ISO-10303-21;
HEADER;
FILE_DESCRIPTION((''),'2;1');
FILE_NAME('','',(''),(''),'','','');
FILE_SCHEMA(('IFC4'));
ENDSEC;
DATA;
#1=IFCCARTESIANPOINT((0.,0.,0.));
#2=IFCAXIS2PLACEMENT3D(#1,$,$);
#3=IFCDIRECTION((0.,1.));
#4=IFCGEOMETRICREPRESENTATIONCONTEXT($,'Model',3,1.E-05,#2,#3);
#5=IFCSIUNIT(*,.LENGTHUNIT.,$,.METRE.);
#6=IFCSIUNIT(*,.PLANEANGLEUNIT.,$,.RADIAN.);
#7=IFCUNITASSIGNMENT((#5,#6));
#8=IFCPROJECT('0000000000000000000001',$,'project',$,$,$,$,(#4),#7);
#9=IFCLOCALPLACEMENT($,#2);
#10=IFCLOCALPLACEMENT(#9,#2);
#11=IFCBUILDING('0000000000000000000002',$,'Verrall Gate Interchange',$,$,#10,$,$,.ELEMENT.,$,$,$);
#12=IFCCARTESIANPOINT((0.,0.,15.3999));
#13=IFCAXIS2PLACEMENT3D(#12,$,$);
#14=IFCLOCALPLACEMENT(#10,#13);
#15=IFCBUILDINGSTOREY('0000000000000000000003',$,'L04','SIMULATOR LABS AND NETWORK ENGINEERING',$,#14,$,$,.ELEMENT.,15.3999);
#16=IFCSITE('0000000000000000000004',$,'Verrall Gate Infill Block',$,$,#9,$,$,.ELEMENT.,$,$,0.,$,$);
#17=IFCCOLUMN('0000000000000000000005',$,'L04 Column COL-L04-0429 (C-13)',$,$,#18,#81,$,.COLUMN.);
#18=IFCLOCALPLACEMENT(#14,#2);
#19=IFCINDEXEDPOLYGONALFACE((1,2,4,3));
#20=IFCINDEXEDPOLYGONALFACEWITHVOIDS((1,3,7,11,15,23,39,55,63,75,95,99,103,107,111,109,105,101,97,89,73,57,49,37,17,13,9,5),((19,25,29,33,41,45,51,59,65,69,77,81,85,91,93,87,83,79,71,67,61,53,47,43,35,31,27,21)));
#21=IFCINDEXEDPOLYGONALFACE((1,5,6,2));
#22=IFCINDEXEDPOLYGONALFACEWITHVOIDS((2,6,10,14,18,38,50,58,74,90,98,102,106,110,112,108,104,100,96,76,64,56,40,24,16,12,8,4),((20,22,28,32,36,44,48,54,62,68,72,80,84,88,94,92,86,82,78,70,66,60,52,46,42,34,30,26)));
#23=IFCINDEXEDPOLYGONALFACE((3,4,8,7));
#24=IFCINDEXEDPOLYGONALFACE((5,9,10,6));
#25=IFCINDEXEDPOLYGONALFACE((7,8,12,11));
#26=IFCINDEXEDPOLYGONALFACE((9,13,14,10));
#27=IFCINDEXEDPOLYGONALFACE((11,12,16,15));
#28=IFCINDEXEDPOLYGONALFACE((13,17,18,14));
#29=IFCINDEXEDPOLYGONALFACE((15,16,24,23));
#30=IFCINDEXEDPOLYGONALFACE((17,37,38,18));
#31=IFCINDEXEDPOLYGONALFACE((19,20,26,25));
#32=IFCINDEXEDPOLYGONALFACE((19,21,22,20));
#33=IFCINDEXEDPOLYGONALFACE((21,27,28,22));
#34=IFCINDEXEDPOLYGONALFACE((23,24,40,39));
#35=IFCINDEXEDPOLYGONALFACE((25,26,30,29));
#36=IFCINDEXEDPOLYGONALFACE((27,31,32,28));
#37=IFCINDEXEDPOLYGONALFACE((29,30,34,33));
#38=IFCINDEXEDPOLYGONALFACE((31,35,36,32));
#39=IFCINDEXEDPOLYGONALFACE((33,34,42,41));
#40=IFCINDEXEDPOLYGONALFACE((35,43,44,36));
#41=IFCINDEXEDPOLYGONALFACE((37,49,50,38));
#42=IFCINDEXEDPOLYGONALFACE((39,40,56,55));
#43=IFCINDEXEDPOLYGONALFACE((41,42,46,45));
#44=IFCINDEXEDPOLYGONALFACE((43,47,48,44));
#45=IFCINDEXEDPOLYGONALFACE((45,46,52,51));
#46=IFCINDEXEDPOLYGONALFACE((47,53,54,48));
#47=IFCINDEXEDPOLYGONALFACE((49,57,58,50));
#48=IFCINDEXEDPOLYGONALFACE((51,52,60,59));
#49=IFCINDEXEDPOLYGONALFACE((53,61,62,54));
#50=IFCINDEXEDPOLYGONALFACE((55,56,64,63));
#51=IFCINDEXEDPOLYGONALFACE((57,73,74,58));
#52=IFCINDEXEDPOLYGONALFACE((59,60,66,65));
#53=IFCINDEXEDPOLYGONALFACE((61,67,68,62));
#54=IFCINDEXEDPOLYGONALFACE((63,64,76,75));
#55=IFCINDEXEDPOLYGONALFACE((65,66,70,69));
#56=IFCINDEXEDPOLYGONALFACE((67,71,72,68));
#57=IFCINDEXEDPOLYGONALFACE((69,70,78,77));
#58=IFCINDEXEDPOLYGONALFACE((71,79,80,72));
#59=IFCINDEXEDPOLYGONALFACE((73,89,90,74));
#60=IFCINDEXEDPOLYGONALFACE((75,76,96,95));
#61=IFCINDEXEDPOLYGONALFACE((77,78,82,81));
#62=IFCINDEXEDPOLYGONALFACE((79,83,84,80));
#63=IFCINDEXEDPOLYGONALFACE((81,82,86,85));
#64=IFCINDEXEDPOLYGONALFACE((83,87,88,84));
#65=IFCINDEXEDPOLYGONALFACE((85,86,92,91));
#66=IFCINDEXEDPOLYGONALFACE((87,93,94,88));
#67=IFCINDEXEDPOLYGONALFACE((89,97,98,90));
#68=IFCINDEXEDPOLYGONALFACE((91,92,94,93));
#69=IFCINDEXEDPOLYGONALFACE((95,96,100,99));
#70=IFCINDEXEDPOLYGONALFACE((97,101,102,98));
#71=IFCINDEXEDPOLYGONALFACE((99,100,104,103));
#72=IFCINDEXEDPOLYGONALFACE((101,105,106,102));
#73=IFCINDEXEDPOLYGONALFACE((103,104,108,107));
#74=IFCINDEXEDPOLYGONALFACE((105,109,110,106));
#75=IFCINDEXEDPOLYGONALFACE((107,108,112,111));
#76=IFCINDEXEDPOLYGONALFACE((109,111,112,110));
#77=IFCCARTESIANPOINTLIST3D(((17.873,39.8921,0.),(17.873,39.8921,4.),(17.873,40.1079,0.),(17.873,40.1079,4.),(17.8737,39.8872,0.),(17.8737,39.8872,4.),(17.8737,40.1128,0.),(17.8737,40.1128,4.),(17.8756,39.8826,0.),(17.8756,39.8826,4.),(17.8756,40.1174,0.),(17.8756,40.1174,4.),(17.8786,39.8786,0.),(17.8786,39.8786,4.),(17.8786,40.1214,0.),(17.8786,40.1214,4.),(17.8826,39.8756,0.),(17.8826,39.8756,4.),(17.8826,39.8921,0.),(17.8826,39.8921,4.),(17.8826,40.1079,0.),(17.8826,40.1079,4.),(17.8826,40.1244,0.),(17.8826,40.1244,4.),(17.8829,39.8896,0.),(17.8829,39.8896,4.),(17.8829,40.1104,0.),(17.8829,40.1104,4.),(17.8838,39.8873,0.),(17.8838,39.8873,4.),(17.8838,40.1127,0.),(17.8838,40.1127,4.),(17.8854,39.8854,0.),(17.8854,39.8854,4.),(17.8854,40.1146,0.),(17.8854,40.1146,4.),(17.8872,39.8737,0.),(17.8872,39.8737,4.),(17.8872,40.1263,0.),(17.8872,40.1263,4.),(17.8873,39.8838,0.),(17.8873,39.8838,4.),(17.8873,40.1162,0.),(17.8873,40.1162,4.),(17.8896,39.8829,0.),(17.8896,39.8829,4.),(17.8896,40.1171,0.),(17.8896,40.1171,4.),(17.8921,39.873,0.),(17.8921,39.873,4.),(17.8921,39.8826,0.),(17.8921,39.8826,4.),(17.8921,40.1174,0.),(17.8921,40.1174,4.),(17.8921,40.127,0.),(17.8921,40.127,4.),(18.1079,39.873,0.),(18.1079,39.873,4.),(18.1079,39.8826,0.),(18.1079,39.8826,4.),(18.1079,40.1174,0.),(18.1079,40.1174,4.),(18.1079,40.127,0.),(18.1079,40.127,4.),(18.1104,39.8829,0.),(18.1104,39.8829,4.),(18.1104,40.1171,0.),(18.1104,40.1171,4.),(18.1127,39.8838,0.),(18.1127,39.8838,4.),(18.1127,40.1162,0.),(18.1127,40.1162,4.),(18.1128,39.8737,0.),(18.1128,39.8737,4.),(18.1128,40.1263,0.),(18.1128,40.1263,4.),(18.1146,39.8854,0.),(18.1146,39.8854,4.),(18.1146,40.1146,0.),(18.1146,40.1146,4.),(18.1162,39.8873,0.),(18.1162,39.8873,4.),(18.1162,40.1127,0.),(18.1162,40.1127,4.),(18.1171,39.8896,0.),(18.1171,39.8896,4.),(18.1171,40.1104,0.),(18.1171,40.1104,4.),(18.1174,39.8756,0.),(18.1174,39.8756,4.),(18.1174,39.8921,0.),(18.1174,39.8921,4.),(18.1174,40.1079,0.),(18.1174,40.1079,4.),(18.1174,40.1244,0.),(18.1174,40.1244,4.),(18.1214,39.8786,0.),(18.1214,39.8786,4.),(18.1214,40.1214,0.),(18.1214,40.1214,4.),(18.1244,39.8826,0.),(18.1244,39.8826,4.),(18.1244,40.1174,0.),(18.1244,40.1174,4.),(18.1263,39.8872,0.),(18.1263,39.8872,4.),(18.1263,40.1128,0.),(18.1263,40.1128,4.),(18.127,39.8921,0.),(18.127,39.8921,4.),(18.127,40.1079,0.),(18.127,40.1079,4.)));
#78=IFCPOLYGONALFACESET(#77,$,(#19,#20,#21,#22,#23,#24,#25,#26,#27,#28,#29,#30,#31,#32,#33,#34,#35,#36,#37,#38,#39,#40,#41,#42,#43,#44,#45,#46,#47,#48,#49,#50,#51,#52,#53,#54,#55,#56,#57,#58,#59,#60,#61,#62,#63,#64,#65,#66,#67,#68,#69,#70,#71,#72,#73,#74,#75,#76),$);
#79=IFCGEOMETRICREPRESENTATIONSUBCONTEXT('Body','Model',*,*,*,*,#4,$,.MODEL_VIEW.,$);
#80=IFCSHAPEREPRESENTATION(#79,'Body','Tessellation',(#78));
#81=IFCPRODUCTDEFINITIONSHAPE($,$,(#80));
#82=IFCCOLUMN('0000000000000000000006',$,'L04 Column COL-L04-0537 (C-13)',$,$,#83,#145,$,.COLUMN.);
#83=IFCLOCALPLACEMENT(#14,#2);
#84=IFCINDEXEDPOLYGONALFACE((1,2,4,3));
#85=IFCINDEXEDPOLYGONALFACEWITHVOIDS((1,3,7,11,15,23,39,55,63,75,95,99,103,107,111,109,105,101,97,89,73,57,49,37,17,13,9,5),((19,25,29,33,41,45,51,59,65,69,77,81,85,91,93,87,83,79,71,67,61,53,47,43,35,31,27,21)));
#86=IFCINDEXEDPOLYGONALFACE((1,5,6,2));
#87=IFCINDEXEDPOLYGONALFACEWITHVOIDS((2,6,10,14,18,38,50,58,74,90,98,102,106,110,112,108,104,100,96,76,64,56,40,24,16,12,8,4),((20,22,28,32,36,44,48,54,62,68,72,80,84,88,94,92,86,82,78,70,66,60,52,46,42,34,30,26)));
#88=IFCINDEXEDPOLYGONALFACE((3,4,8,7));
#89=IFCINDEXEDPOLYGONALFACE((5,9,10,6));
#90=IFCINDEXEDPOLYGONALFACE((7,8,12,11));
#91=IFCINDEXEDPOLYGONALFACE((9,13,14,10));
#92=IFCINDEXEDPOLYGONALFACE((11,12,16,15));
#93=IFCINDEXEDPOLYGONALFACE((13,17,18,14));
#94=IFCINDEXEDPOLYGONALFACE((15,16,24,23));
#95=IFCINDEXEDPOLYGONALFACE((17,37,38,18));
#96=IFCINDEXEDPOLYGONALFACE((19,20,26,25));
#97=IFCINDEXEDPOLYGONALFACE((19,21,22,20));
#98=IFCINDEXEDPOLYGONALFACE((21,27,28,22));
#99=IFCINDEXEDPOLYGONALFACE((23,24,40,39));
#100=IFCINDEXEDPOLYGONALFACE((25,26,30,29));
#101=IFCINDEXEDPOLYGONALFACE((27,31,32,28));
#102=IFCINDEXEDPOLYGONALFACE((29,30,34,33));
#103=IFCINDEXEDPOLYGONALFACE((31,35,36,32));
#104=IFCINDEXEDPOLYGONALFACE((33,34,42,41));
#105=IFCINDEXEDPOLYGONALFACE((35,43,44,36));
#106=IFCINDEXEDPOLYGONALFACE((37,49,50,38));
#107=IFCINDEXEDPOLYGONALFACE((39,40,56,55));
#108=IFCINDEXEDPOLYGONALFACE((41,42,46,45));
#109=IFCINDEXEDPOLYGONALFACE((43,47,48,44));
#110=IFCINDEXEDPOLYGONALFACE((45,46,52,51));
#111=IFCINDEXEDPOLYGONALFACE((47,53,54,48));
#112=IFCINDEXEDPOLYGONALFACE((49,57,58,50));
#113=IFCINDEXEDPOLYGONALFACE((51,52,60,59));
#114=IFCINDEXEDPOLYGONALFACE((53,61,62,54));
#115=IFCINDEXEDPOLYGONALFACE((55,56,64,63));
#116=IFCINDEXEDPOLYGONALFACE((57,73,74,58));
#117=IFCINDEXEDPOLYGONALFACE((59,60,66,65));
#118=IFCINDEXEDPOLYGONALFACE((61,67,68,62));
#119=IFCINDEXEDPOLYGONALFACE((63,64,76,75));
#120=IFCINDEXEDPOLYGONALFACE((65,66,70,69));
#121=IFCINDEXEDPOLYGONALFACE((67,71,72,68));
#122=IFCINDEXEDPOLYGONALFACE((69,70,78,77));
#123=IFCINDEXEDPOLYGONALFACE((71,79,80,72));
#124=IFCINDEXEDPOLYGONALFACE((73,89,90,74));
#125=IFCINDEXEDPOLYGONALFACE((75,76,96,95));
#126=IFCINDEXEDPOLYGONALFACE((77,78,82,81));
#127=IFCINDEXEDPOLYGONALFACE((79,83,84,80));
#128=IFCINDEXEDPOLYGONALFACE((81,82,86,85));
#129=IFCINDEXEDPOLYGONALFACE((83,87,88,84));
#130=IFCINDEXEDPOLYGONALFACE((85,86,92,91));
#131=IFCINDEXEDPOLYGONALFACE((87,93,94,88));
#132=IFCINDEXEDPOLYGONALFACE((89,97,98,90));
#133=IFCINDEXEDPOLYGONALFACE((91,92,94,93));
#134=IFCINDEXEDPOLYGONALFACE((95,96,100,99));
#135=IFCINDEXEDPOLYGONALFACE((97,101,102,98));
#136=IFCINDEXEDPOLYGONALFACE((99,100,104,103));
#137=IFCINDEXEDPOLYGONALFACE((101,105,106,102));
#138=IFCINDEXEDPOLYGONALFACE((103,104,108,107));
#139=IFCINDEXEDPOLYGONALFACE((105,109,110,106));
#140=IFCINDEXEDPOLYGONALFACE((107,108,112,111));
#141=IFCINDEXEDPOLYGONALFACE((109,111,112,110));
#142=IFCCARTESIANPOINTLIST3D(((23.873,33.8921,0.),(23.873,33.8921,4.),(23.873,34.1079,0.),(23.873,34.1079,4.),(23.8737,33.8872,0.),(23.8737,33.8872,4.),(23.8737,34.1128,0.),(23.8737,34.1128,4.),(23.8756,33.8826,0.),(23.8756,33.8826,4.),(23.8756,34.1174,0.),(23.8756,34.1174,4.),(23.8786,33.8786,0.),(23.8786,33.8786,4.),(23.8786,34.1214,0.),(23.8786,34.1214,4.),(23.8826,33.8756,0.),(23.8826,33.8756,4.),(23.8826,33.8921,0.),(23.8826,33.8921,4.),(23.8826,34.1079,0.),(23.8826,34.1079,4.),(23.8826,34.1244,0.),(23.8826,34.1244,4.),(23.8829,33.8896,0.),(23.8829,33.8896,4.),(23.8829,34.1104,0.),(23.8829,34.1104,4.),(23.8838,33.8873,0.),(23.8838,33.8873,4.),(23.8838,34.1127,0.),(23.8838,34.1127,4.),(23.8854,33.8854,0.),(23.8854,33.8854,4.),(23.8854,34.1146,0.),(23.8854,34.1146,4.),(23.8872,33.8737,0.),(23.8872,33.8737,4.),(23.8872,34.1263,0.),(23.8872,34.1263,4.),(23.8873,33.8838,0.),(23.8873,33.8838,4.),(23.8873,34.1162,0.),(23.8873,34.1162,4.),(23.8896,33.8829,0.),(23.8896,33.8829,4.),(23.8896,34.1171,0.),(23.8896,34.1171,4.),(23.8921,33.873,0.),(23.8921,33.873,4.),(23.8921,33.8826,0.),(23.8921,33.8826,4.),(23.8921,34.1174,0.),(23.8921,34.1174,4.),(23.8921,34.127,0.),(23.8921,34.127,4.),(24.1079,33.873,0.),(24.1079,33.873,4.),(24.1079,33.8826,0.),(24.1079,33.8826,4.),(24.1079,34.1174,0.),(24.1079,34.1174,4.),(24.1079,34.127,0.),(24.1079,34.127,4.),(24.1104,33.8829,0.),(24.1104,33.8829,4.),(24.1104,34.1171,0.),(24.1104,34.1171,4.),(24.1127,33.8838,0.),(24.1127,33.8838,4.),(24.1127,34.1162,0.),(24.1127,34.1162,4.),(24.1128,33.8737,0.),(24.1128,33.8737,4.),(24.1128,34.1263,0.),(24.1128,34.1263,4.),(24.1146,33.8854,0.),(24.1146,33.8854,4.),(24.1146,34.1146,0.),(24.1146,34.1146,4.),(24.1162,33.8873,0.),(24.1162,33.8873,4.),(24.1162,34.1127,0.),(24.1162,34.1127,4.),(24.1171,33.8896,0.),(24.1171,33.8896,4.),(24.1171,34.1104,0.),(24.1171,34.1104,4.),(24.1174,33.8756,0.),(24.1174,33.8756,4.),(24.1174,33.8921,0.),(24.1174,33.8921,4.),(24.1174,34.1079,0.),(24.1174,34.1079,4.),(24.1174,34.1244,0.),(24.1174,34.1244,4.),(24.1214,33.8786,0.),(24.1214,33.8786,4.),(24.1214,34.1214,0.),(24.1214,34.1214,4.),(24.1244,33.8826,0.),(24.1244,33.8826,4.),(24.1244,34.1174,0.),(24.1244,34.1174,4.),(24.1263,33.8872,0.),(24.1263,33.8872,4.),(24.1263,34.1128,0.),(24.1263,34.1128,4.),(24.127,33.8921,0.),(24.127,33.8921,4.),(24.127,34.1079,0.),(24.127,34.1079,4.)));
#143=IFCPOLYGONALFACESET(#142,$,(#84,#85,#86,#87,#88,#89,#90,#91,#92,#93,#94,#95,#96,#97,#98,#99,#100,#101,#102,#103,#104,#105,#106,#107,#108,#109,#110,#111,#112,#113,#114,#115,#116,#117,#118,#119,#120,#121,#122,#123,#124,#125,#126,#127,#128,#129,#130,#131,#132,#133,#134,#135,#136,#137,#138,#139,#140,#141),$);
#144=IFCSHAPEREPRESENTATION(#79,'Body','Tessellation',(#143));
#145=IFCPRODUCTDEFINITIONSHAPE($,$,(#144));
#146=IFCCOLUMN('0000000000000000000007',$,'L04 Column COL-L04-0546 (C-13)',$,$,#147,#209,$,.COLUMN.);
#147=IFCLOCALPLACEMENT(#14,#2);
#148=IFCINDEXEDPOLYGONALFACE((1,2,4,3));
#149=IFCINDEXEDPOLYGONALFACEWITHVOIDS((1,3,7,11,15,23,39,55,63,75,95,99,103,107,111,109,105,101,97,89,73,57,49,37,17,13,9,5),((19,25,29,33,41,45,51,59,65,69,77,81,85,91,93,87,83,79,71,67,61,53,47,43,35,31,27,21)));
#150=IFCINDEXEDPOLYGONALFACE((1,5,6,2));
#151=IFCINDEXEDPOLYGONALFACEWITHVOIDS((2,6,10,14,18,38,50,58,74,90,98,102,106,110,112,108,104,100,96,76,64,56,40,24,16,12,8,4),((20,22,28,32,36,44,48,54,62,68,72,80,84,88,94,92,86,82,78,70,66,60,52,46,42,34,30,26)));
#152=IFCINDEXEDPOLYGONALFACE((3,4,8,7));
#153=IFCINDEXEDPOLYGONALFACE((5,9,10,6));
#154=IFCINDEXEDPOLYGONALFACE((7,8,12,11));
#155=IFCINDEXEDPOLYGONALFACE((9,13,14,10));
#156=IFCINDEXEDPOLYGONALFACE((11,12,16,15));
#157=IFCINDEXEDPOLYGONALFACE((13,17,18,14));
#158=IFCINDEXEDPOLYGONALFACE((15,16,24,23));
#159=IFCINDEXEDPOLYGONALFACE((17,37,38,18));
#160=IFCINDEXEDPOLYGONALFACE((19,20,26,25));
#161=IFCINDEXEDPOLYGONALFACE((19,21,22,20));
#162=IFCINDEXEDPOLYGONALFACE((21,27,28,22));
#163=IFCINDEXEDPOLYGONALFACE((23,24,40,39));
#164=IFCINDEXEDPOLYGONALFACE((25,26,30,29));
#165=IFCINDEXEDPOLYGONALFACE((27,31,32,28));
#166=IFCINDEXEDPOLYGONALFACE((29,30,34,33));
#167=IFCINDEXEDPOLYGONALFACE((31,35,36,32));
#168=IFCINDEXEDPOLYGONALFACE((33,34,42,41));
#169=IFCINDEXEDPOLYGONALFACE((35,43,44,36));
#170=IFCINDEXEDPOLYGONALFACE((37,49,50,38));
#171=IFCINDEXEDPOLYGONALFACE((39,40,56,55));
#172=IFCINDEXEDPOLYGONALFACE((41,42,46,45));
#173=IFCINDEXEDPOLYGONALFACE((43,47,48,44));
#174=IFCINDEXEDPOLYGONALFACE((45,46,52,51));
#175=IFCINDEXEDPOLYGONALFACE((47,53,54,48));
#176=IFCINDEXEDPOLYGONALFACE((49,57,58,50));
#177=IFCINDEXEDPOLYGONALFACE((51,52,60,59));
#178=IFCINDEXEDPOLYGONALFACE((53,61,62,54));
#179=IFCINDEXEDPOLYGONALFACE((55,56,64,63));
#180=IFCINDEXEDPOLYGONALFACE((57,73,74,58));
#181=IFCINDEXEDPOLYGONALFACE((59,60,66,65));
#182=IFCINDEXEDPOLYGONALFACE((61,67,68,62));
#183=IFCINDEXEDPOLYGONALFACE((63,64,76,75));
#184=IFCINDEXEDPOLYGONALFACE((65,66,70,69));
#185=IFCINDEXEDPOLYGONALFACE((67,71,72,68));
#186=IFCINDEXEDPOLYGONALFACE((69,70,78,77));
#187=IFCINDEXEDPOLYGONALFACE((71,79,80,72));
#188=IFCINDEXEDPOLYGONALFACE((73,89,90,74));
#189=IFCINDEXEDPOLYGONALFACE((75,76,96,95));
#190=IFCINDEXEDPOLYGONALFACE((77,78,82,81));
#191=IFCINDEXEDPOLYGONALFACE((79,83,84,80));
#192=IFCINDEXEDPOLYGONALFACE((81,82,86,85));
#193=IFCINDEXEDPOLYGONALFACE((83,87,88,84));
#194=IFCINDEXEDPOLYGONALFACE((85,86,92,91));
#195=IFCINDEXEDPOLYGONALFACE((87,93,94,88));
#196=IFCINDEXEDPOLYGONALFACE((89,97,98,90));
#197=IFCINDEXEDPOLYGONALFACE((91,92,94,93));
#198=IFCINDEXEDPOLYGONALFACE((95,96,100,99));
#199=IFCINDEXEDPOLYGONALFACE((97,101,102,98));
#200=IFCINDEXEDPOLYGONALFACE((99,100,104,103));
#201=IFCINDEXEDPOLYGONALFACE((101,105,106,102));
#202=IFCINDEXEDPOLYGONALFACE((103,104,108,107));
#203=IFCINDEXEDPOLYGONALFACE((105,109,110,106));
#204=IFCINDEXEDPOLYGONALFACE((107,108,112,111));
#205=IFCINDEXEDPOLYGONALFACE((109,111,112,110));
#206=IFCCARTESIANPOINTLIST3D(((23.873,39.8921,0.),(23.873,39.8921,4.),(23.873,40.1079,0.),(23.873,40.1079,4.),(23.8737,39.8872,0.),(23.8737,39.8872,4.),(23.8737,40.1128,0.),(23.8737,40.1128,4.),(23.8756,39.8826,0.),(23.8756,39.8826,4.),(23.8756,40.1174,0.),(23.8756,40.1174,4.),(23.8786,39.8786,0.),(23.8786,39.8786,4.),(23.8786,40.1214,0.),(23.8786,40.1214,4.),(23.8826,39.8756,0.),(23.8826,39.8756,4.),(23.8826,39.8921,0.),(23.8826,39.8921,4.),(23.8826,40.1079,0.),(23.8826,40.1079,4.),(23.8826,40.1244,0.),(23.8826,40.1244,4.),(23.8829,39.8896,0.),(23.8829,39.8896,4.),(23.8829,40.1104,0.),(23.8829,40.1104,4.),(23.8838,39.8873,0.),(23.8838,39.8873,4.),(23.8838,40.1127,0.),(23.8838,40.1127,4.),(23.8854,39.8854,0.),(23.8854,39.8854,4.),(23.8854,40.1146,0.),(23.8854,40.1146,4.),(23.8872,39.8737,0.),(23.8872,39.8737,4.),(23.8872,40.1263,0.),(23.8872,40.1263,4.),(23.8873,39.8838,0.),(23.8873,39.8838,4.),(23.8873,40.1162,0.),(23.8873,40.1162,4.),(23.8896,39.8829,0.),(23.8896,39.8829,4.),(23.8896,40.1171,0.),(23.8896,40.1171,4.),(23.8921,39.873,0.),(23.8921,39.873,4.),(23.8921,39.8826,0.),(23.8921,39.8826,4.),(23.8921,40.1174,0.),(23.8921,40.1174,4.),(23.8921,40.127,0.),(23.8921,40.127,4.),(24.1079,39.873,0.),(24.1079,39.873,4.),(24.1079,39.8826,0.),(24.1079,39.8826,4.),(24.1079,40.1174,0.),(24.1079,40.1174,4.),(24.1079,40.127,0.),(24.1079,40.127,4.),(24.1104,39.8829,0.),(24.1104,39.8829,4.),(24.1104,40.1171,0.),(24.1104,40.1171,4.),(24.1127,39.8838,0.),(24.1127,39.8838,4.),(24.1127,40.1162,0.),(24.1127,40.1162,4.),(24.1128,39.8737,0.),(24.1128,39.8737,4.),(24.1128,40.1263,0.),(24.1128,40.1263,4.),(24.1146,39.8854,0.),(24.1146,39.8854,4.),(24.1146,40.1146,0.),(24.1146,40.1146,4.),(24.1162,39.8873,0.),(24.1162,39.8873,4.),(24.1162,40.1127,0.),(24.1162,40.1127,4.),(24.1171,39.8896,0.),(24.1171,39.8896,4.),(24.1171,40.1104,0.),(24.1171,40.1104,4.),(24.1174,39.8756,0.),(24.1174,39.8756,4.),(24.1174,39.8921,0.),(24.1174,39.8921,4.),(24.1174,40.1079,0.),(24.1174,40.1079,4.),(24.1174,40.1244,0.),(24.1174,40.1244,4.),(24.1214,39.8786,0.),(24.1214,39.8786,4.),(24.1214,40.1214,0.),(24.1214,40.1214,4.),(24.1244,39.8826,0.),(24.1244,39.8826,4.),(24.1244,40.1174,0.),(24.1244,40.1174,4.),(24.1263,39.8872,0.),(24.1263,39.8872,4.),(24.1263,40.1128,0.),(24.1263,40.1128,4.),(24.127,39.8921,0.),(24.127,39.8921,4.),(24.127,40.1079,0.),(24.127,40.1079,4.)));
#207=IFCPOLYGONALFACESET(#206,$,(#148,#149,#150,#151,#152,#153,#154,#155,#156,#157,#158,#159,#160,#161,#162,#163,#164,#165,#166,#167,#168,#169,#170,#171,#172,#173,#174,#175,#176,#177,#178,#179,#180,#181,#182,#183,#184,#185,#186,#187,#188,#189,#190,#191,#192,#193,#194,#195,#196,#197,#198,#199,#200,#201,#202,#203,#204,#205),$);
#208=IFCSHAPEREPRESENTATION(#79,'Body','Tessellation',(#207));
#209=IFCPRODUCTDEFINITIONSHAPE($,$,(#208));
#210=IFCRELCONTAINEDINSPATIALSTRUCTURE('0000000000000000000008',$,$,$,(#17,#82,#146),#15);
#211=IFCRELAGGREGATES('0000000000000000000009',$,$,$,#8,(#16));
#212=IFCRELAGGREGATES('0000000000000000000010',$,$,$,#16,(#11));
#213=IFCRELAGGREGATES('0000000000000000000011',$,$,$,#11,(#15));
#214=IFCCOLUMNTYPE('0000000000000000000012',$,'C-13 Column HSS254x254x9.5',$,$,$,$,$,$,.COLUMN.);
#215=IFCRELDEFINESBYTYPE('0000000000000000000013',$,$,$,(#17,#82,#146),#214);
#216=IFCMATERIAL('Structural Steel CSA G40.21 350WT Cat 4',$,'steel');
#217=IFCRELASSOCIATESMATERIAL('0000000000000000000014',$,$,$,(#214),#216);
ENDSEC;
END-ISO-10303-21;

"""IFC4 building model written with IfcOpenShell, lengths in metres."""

from ifc_helpers import new_model, si_unit, direction, frame, origin, origin_2d, place, context, subcontext, project, spatial, hollow_rectangle, extrude, material, material_profile, profile_set, type_object, element, save


model = new_model("IFC4")

# Units and contexts
model_context = context("Model", 3, precision=1e-05, world=origin(), true_north=direction((0.0, 1.0)))
body_context = subcontext(model_context, "Body", "Model", "MODEL_VIEW")
ifc_project = project(units=[si_unit("LENGTHUNIT", "METRE"), si_unit("PLANEANGLEUNIT", "RADIAN")], contexts=[model_context])

# Site, building, storey
site_placement = place(None, origin())
site = spatial("IfcSite", under=ifc_project, at=site_placement, Name="Verrall Gate Infill Block", CompositionType="ELEMENT", RefElevation=0.0)
building_placement = place(site_placement, origin())
building = spatial("IfcBuilding", under=site, at=building_placement, Name="Verrall Gate Interchange", CompositionType="ELEMENT")
storey_placement = place(building_placement, frame((0.0, 0.0, 15.3999)))
storey = spatial("IfcBuildingStorey", under=building, at=storey_placement, Name="L04", Description="SIMULATOR LABS AND NETWORK ENGINEERING", CompositionType="ELEMENT", Elevation=15.3999)

# Columns
ifc_material_1 = material(Name="Structural Steel CSA G40.21 350WT Cat 4", Category="steel")
ifc_material_profile_1 = material_profile(ifc_material_1, hollow_rectangle(XDim=0.2539, YDim=0.2539, WallThickness=0.0095, InnerFilletRadius=0.0095, OuterFilletRadius=0.019, at=origin_2d()), Name="HSS254x254x9.5")
ifc_profile_set_1 = profile_set([ifc_material_profile_1], Name="Structural Steel CSA G40.21 350WT Cat 4")
column_type = type_object("IfcColumnType", Name="C-13 Column HSS254x254x9.5", PredefinedType="COLUMN", material=ifc_profile_set_1)
for number, where, z_axis, x_axis, name in (
    (1, (18.0, 40.0, 0.0), (0.0, 0.0, 1.0), (1.0, 0.0, 0.0), "L04 Column COL-L04-0429 (C-13)"),
    (2, (24.0, 34.0, 0.0), (0.0, 0.0, 1.0), (1.0, 0.0, 0.0), "L04 Column COL-L04-0537 (C-13)"),
    (3, (24.0, 40.0, 0.0), (0.0, 0.0, 1.0), (1.0, 0.0, 0.0), "L04 Column COL-L04-0546 (C-13)"),
):
    element("IfcColumn", number, at=place(storey_placement, frame(where, z_axis=z_axis, x_axis=x_axis)), inside=storey, type_object=column_type, Name=name, PredefinedType="COLUMN", context=body_context, shape_type="SweptSolid", body=[
        extrude(hollow_rectangle(XDim=0.2539, YDim=0.2539, WallThickness=0.0095, InnerFilletRadius=0.0095, OuterFilletRadius=0.019, at=origin_2d()), origin(), (0.0, 0.0, 1.0), 4.0),
    ])

save(model, "model.ifc")
